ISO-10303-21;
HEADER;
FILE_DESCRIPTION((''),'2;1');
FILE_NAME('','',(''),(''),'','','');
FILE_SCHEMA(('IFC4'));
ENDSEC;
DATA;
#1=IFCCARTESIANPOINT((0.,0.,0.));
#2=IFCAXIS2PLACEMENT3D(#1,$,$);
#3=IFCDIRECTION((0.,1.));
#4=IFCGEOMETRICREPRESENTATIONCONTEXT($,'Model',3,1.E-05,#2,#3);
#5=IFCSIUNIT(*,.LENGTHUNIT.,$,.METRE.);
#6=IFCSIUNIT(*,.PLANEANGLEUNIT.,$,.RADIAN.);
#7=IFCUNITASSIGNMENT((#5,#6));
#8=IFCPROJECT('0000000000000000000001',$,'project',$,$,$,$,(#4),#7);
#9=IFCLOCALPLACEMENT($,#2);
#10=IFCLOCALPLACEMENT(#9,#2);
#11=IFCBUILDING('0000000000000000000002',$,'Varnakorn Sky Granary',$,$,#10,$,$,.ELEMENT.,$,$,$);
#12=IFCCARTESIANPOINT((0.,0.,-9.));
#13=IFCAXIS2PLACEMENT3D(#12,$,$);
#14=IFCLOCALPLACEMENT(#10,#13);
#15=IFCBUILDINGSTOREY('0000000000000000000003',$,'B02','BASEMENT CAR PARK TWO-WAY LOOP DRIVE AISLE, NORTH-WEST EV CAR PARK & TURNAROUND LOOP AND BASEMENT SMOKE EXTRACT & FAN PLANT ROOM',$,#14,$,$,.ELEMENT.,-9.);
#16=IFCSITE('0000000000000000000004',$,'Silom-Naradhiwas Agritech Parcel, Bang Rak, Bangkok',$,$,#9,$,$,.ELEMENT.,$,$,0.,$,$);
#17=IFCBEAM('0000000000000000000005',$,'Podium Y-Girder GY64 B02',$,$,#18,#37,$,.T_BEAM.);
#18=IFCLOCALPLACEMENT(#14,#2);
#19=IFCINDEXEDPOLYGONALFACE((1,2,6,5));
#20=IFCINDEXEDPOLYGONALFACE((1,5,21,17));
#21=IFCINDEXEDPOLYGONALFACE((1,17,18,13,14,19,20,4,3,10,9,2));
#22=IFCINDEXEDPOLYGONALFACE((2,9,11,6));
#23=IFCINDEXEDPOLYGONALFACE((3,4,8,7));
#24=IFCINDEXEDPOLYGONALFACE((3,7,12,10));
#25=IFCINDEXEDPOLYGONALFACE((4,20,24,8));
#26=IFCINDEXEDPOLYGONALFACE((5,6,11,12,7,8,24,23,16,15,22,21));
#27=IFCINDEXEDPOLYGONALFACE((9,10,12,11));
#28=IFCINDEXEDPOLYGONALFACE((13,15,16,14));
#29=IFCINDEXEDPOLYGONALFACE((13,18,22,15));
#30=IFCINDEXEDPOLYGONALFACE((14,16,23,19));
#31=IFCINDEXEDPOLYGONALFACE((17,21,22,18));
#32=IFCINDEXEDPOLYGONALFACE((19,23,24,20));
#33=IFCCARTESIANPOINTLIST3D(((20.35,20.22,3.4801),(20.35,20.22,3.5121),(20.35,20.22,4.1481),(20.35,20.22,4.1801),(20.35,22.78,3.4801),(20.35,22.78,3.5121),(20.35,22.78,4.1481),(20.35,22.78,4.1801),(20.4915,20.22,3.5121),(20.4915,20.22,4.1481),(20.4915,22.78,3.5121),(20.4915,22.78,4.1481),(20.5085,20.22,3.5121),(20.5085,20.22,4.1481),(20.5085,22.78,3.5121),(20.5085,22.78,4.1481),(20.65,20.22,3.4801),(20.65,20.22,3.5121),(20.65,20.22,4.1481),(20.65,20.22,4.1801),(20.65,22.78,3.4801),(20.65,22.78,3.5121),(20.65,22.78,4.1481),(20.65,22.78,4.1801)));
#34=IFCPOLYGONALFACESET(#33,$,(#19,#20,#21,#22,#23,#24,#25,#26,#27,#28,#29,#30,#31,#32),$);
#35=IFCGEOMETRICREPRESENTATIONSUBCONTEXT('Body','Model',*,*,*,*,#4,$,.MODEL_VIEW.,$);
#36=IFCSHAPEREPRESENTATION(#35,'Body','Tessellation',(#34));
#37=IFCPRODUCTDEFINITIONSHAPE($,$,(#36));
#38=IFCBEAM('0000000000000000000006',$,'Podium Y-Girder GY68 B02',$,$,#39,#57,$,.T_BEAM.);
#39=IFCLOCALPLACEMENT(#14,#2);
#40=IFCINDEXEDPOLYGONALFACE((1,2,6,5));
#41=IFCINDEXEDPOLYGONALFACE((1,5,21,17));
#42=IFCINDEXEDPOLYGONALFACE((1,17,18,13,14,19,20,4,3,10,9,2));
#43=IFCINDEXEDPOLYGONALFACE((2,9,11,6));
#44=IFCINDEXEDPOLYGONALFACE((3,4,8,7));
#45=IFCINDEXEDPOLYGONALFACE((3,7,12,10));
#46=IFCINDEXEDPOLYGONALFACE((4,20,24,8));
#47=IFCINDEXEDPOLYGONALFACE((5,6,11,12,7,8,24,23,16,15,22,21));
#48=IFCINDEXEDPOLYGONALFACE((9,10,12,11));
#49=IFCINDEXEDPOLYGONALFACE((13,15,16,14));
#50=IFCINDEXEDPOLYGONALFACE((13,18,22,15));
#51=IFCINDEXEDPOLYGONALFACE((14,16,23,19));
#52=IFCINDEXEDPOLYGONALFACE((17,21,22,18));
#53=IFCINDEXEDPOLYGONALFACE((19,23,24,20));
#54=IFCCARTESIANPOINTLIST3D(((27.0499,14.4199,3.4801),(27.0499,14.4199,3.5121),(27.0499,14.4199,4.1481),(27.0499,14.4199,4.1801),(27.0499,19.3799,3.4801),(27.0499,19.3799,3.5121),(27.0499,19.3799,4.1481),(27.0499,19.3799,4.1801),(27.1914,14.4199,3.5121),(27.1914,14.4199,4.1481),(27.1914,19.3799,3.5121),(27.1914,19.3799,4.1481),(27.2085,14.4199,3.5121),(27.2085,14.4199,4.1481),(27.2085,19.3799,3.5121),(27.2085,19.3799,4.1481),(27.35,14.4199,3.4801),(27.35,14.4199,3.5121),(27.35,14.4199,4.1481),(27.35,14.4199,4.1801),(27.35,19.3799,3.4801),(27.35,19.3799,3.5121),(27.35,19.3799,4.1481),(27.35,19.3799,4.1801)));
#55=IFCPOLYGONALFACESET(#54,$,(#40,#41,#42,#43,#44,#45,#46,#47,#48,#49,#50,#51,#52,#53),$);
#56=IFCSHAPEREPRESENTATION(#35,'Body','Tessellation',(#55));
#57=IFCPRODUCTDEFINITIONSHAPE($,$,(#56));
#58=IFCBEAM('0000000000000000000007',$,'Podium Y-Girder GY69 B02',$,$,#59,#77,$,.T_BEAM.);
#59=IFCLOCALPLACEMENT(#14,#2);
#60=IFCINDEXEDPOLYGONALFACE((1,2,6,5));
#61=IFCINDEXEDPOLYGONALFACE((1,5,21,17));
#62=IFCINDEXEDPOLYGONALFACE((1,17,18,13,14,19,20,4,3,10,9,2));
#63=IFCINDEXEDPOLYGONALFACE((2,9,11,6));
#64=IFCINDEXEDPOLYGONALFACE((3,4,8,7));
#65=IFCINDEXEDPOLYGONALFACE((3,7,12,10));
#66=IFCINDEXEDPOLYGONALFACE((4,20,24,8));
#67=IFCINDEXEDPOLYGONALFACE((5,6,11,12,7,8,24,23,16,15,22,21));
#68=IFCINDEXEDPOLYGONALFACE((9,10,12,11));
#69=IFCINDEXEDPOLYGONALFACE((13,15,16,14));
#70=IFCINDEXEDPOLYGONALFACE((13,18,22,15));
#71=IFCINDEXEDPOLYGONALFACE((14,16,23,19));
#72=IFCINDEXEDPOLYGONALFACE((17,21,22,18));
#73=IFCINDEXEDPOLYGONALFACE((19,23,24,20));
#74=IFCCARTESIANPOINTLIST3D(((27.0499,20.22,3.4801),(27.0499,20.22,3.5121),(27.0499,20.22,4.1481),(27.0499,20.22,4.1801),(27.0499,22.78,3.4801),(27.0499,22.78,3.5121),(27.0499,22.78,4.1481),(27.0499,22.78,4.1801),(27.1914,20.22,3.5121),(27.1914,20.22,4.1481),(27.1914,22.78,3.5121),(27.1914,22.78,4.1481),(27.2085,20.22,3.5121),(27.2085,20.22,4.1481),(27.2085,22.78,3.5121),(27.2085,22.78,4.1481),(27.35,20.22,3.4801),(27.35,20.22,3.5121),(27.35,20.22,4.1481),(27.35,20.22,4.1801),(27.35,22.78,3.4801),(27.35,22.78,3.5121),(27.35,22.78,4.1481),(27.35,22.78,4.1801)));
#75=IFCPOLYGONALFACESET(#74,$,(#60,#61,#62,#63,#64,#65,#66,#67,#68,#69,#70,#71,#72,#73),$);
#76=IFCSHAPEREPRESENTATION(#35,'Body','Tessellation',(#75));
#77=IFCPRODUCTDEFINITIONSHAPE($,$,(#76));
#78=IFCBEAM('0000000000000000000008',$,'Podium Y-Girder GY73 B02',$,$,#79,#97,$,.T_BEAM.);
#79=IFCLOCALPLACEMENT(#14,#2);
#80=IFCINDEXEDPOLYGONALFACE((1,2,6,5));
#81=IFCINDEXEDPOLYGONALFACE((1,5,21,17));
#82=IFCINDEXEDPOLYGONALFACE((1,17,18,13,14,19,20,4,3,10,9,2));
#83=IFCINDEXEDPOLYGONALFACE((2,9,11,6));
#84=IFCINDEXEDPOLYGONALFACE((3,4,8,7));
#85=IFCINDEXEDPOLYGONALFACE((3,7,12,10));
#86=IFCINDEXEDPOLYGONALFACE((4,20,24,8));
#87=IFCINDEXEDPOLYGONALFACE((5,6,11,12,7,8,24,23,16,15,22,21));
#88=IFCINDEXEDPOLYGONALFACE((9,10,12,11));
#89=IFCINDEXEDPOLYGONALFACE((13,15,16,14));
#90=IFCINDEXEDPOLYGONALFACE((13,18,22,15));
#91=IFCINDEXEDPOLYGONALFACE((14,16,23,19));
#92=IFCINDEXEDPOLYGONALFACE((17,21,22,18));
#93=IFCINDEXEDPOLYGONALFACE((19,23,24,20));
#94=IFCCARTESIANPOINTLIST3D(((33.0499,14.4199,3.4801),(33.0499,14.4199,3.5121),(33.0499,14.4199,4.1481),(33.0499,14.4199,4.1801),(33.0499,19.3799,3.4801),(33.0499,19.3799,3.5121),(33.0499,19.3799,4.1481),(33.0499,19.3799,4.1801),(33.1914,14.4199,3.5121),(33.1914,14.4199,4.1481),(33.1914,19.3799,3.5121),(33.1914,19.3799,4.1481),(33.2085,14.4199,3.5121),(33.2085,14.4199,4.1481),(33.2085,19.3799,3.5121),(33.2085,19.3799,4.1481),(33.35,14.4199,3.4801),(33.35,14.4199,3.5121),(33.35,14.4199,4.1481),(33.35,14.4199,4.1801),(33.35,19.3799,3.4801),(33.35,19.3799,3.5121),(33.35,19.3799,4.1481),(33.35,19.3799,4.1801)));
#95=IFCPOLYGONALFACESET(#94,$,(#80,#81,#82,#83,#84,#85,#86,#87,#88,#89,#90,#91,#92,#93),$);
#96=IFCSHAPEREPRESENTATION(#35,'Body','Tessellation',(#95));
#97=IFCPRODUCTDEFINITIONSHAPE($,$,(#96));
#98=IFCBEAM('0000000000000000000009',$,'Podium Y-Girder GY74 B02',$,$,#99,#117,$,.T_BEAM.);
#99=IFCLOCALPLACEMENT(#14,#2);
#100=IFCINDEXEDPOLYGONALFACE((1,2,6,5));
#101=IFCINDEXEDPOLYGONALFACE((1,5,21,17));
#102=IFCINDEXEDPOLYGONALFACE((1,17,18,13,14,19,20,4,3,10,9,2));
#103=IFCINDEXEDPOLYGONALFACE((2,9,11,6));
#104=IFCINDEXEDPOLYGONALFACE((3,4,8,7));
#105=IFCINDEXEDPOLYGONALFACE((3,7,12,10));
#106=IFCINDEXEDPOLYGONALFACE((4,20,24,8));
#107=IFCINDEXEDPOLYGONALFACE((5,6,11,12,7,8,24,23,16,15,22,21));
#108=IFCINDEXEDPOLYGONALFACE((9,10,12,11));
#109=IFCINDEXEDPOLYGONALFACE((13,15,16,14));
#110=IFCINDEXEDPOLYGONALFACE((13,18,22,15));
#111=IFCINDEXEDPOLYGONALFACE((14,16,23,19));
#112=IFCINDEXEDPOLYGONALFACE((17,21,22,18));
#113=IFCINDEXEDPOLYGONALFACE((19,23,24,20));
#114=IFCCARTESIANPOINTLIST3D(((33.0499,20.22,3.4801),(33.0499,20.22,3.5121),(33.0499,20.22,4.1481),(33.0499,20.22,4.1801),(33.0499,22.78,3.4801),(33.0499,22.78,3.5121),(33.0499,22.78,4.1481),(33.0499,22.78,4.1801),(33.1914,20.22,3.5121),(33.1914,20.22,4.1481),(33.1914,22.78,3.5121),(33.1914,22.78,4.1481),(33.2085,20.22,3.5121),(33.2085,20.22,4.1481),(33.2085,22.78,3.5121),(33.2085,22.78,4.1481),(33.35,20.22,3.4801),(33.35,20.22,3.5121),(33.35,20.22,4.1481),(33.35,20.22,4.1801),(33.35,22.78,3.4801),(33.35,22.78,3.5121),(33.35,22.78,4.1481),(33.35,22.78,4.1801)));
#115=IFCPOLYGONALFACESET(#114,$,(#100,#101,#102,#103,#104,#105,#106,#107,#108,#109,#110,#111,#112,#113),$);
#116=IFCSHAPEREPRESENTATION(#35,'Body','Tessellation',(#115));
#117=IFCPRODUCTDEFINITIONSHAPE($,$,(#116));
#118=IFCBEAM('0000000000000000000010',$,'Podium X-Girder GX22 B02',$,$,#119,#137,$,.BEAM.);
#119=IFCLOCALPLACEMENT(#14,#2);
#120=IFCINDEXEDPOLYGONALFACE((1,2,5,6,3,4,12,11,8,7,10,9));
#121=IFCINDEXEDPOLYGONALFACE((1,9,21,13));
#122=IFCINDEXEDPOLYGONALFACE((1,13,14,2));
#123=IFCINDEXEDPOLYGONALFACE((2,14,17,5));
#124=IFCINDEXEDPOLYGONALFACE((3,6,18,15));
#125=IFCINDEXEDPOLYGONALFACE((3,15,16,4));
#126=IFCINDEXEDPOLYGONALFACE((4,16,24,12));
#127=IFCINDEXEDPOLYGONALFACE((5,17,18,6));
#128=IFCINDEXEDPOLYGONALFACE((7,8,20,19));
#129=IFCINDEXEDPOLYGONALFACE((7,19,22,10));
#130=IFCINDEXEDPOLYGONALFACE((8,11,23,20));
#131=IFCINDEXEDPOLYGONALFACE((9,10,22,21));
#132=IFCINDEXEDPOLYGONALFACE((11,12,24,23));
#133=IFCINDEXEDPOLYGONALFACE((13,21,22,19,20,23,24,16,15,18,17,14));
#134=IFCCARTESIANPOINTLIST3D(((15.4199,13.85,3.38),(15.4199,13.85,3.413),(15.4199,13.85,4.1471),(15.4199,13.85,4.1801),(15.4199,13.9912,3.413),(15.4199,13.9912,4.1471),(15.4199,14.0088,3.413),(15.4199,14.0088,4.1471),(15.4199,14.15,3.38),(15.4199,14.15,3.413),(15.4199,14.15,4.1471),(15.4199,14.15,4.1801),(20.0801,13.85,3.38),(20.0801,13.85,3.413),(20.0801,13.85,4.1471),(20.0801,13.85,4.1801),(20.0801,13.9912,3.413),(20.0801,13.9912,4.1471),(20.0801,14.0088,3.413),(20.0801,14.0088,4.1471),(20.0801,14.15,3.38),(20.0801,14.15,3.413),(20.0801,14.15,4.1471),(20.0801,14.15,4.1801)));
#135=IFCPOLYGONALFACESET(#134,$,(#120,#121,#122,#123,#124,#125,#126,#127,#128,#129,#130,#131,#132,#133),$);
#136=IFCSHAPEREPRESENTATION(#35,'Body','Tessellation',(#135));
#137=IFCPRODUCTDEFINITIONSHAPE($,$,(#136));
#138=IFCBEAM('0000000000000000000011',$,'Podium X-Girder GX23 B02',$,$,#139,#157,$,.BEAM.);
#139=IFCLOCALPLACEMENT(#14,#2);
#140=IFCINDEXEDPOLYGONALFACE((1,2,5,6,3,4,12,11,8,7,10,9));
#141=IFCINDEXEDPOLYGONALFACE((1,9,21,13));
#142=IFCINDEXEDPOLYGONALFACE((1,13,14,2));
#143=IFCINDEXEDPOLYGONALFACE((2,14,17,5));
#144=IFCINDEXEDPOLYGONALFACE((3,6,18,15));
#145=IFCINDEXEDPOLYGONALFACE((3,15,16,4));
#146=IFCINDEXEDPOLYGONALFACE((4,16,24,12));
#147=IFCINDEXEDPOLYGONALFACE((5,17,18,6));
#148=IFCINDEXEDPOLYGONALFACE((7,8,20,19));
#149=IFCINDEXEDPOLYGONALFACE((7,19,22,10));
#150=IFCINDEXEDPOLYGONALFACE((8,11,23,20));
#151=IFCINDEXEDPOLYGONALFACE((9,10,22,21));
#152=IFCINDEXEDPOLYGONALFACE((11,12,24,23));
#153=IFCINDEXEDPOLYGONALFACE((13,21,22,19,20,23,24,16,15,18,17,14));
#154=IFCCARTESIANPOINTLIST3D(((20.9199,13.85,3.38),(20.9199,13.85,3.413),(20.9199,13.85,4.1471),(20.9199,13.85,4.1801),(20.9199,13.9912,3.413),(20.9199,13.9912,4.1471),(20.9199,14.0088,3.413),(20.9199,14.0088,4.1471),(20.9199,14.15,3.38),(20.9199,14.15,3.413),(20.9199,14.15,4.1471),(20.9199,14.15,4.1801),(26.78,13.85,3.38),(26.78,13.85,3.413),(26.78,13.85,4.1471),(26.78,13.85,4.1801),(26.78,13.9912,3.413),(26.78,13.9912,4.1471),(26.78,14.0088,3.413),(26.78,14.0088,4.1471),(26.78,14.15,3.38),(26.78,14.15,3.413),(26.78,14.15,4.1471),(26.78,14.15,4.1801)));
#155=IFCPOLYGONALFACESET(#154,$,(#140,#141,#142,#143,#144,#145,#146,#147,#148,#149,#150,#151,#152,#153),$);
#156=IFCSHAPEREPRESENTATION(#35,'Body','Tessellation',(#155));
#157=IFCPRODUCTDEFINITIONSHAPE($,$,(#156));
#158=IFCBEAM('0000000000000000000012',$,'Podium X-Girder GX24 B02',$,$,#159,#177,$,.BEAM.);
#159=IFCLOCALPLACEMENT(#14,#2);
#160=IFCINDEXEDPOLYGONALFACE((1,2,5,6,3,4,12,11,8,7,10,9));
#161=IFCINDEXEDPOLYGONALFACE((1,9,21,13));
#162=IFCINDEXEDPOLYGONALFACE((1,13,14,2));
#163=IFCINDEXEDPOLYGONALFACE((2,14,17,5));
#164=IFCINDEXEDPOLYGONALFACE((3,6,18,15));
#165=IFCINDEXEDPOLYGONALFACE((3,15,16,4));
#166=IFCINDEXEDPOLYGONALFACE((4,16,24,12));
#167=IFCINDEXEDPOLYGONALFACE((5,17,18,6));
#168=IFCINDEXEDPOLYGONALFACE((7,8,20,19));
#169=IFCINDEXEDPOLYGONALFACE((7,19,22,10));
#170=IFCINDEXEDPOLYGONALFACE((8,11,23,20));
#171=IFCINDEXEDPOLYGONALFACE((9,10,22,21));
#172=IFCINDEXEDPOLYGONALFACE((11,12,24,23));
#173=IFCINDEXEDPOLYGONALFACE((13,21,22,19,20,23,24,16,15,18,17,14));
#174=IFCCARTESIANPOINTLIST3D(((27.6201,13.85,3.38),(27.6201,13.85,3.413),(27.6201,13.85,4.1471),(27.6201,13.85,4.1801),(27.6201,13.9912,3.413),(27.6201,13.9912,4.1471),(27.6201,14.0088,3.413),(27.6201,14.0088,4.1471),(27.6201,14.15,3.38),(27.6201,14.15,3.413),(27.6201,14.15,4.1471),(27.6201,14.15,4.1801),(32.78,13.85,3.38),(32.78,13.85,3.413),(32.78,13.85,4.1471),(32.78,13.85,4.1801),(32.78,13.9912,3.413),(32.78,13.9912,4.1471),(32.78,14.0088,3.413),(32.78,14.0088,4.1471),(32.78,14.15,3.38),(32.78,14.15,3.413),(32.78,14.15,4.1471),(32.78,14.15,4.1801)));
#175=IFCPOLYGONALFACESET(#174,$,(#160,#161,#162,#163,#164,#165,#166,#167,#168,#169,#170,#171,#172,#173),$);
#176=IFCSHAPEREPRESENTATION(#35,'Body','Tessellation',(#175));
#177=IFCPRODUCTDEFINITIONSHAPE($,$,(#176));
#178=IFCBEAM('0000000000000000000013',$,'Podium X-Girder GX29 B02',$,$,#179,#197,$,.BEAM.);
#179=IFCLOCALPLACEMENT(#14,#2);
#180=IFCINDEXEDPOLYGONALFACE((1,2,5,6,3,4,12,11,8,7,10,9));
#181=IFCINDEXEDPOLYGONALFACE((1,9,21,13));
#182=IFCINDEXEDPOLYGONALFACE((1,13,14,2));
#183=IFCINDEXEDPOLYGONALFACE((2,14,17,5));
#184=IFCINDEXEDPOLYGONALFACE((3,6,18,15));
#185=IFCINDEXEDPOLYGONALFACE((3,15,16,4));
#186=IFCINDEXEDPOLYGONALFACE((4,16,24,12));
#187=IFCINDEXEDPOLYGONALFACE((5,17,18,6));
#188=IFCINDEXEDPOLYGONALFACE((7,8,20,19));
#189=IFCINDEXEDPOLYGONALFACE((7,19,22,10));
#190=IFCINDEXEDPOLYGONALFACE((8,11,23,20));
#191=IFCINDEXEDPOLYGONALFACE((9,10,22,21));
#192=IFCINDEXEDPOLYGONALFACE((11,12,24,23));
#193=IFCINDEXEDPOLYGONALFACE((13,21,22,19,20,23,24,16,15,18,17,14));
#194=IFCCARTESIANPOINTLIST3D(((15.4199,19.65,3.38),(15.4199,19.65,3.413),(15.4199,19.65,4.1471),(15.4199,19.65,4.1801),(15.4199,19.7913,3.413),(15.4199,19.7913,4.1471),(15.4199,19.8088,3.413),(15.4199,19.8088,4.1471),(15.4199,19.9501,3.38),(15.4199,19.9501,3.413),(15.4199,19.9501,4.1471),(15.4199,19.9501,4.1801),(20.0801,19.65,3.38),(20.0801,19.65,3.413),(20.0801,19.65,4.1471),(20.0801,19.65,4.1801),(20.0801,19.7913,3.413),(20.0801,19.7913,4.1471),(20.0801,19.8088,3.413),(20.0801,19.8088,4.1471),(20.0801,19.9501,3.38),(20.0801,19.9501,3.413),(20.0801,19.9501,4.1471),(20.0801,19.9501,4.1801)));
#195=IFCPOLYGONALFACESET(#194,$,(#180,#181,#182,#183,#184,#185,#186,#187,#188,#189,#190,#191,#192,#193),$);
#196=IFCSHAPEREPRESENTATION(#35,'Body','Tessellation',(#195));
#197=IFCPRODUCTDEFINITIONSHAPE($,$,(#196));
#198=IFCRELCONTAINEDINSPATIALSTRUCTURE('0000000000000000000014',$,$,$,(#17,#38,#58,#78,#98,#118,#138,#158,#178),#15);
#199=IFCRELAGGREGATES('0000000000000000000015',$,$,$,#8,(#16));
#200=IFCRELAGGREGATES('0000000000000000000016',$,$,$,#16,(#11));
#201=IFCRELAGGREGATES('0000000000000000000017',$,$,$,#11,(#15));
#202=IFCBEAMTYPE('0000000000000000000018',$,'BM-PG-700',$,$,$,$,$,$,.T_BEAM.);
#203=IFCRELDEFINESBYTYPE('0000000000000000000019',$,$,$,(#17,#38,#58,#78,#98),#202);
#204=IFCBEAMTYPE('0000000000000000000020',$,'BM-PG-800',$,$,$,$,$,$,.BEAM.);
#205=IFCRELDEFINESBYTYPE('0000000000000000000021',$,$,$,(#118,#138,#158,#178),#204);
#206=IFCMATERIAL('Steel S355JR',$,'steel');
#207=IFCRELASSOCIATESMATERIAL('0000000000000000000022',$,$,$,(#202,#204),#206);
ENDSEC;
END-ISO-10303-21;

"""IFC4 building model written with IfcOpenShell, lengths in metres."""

from ifc_helpers import new_model, si_unit, direction, frame, origin, origin_2d, place, context, subcontext, project, spatial, i_section, extrude, material, material_profile, profile_set, type_object, element, save


model = new_model("IFC4")

# Units and contexts
model_context = context("Model", 3, precision=1e-05, world=origin(), true_north=direction((0.0, 1.0)))
body_context = subcontext(model_context, "Body", "Model", "MODEL_VIEW")
ifc_project = project(units=[si_unit("LENGTHUNIT", "METRE"), si_unit("PLANEANGLEUNIT", "RADIAN")], contexts=[model_context])

# Site, building, storey
site_placement = place(None, origin())
site = spatial("IfcSite", under=ifc_project, at=site_placement, Name="Silom-Naradhiwas Agritech Parcel, Bang Rak, Bangkok", CompositionType="ELEMENT", RefElevation=0.0)
building_placement = place(site_placement, origin())
building = spatial("IfcBuilding", under=site, at=building_placement, Name="Varnakorn Sky Granary", CompositionType="ELEMENT")
storey_placement = place(building_placement, frame((0.0, 0.0, -9.0)))
storey = spatial("IfcBuildingStorey", under=building, at=storey_placement, Name="B02", Description="BASEMENT CAR PARK TWO-WAY LOOP DRIVE AISLE, NORTH-WEST EV CAR PARK & TURNAROUND LOOP AND BASEMENT SMOKE EXTRACT & FAN PLANT ROOM", CompositionType="ELEMENT", Elevation=-9.0)

# Beams
ifc_material_1 = material(Name="Steel S355JR", Category="steel")
ifc_material_profile_1 = material_profile(ifc_material_1, i_section(OverallWidth=0.3, OverallDepth=0.7, WebThickness=0.0171, FlangeThickness=0.032, at=origin_2d()), Name="HE 700 B")
ifc_profile_set_1 = profile_set([ifc_material_profile_1], Name="Steel S355JR")
beam_type_1 = type_object("IfcBeamType", Name="BM-PG-700", PredefinedType="T_BEAM", material=ifc_profile_set_1)
beam_1_placement = place(storey_placement, frame((20.5, 20.22, 3.8301), z_axis=(0.0, 1.0, 0.0), x_axis=(-1.0, 0.0, 0.0)))
element("IfcBeam", 1, at=beam_1_placement, inside=storey, type_object=beam_type_1, Name="Podium Y-Girder GY64 B02", PredefinedType="T_BEAM", context=body_context, shape_type="SweptSolid", body=[
    extrude(i_section(OverallWidth=0.3, OverallDepth=0.7, WebThickness=0.0171, FlangeThickness=0.032, at=origin_2d()), origin(), (0.0, 0.0, 1.0), 2.5601),
])
beam_2_placement = place(storey_placement, frame((27.2, 14.4199, 3.8301), z_axis=(0.0, 1.0, 0.0), x_axis=(-1.0, 0.0, 0.0)))
element("IfcBeam", 2, at=beam_2_placement, inside=storey, type_object=beam_type_1, Name="Podium Y-Girder GY68 B02", PredefinedType="T_BEAM", context=body_context, shape_type="SweptSolid", body=[
    extrude(i_section(OverallWidth=0.3, OverallDepth=0.7, WebThickness=0.0171, FlangeThickness=0.032, at=origin_2d()), origin(), (0.0, 0.0, 1.0), 4.96),
])
beam_3_placement = place(storey_placement, frame((27.2, 20.22, 3.8301), z_axis=(0.0, 1.0, 0.0), x_axis=(-1.0, 0.0, 0.0)))
element("IfcBeam", 3, at=beam_3_placement, inside=storey, type_object=beam_type_1, Name="Podium Y-Girder GY69 B02", PredefinedType="T_BEAM", context=body_context, shape_type="SweptSolid", body=[
    extrude(i_section(OverallWidth=0.3, OverallDepth=0.7, WebThickness=0.0171, FlangeThickness=0.032, at=origin_2d()), origin(), (0.0, 0.0, 1.0), 2.5601),
])
beam_4_placement = place(storey_placement, frame((33.2, 14.4199, 3.8301), z_axis=(0.0, 1.0, 0.0), x_axis=(-1.0, 0.0, 0.0)))
element("IfcBeam", 4, at=beam_4_placement, inside=storey, type_object=beam_type_1, Name="Podium Y-Girder GY73 B02", PredefinedType="T_BEAM", context=body_context, shape_type="SweptSolid", body=[
    extrude(i_section(OverallWidth=0.3, OverallDepth=0.7, WebThickness=0.0171, FlangeThickness=0.032, at=origin_2d()), origin(), (0.0, 0.0, 1.0), 4.96),
])
beam_5_placement = place(storey_placement, frame((33.2, 20.22, 3.8301), z_axis=(0.0, 1.0, 0.0), x_axis=(-1.0, 0.0, 0.0)))
element("IfcBeam", 5, at=beam_5_placement, inside=storey, type_object=beam_type_1, Name="Podium Y-Girder GY74 B02", PredefinedType="T_BEAM", context=body_context, shape_type="SweptSolid", body=[
    extrude(i_section(OverallWidth=0.3, OverallDepth=0.7, WebThickness=0.0171, FlangeThickness=0.032, at=origin_2d()), origin(), (0.0, 0.0, 1.0), 2.5601),
])
ifc_material_profile_2 = material_profile(ifc_material_1, i_section(OverallWidth=0.3, OverallDepth=0.8, WebThickness=0.0176, FlangeThickness=0.033, at=origin_2d()), Name="HE 800 B")
ifc_profile_set_2 = profile_set([ifc_material_profile_2], Name="Steel S355JR")
beam_type_2 = type_object("IfcBeamType", Name="BM-PG-800", PredefinedType="BEAM", material=ifc_profile_set_2)
beam_6_placement = place(storey_placement, frame((15.4199, 14.0, 3.78), z_axis=(1.0, 0.0, 0.0), x_axis=(0.0, 1.0, 0.0)))
element("IfcBeam", 6, at=beam_6_placement, inside=storey, type_object=beam_type_2, Name="Podium X-Girder GX22 B02", PredefinedType="BEAM", context=body_context, shape_type="SweptSolid", body=[
    extrude(i_section(OverallWidth=0.3, OverallDepth=0.8, WebThickness=0.0176, FlangeThickness=0.033, at=origin_2d()), origin(), (0.0, 0.0, 1.0), 4.6602),
])
beam_7_placement = place(storey_placement, frame((20.9199, 14.0, 3.78), z_axis=(1.0, 0.0, 0.0), x_axis=(0.0, 1.0, 0.0)))
element("IfcBeam", 7, at=beam_7_placement, inside=storey, type_object=beam_type_2, Name="Podium X-Girder GX23 B02", PredefinedType="BEAM", context=body_context, shape_type="SweptSolid", body=[
    extrude(i_section(OverallWidth=0.3, OverallDepth=0.8, WebThickness=0.0176, FlangeThickness=0.033, at=origin_2d()), origin(), (0.0, 0.0, 1.0), 5.8601),
])
beam_8_placement = place(storey_placement, frame((27.6201, 14.0, 3.78), z_axis=(1.0, 0.0, 0.0), x_axis=(0.0, 1.0, 0.0)))
element("IfcBeam", 8, at=beam_8_placement, inside=storey, type_object=beam_type_2, Name="Podium X-Girder GX24 B02", PredefinedType="BEAM", context=body_context, shape_type="SweptSolid", body=[
    extrude(i_section(OverallWidth=0.3, OverallDepth=0.8, WebThickness=0.0176, FlangeThickness=0.033, at=origin_2d()), origin(), (0.0, 0.0, 1.0), 5.1599),
])
beam_9_placement = place(storey_placement, frame((15.4199, 19.8, 3.78), z_axis=(1.0, 0.0, 0.0), x_axis=(0.0, 1.0, 0.0)))
element("IfcBeam", 9, at=beam_9_placement, inside=storey, type_object=beam_type_2, Name="Podium X-Girder GX29 B02", PredefinedType="BEAM", context=body_context, shape_type="SweptSolid", body=[
    extrude(i_section(OverallWidth=0.3, OverallDepth=0.8, WebThickness=0.0176, FlangeThickness=0.033, at=origin_2d()), origin(), (0.0, 0.0, 1.0), 4.6602),
])

save(model, "model.ifc")
